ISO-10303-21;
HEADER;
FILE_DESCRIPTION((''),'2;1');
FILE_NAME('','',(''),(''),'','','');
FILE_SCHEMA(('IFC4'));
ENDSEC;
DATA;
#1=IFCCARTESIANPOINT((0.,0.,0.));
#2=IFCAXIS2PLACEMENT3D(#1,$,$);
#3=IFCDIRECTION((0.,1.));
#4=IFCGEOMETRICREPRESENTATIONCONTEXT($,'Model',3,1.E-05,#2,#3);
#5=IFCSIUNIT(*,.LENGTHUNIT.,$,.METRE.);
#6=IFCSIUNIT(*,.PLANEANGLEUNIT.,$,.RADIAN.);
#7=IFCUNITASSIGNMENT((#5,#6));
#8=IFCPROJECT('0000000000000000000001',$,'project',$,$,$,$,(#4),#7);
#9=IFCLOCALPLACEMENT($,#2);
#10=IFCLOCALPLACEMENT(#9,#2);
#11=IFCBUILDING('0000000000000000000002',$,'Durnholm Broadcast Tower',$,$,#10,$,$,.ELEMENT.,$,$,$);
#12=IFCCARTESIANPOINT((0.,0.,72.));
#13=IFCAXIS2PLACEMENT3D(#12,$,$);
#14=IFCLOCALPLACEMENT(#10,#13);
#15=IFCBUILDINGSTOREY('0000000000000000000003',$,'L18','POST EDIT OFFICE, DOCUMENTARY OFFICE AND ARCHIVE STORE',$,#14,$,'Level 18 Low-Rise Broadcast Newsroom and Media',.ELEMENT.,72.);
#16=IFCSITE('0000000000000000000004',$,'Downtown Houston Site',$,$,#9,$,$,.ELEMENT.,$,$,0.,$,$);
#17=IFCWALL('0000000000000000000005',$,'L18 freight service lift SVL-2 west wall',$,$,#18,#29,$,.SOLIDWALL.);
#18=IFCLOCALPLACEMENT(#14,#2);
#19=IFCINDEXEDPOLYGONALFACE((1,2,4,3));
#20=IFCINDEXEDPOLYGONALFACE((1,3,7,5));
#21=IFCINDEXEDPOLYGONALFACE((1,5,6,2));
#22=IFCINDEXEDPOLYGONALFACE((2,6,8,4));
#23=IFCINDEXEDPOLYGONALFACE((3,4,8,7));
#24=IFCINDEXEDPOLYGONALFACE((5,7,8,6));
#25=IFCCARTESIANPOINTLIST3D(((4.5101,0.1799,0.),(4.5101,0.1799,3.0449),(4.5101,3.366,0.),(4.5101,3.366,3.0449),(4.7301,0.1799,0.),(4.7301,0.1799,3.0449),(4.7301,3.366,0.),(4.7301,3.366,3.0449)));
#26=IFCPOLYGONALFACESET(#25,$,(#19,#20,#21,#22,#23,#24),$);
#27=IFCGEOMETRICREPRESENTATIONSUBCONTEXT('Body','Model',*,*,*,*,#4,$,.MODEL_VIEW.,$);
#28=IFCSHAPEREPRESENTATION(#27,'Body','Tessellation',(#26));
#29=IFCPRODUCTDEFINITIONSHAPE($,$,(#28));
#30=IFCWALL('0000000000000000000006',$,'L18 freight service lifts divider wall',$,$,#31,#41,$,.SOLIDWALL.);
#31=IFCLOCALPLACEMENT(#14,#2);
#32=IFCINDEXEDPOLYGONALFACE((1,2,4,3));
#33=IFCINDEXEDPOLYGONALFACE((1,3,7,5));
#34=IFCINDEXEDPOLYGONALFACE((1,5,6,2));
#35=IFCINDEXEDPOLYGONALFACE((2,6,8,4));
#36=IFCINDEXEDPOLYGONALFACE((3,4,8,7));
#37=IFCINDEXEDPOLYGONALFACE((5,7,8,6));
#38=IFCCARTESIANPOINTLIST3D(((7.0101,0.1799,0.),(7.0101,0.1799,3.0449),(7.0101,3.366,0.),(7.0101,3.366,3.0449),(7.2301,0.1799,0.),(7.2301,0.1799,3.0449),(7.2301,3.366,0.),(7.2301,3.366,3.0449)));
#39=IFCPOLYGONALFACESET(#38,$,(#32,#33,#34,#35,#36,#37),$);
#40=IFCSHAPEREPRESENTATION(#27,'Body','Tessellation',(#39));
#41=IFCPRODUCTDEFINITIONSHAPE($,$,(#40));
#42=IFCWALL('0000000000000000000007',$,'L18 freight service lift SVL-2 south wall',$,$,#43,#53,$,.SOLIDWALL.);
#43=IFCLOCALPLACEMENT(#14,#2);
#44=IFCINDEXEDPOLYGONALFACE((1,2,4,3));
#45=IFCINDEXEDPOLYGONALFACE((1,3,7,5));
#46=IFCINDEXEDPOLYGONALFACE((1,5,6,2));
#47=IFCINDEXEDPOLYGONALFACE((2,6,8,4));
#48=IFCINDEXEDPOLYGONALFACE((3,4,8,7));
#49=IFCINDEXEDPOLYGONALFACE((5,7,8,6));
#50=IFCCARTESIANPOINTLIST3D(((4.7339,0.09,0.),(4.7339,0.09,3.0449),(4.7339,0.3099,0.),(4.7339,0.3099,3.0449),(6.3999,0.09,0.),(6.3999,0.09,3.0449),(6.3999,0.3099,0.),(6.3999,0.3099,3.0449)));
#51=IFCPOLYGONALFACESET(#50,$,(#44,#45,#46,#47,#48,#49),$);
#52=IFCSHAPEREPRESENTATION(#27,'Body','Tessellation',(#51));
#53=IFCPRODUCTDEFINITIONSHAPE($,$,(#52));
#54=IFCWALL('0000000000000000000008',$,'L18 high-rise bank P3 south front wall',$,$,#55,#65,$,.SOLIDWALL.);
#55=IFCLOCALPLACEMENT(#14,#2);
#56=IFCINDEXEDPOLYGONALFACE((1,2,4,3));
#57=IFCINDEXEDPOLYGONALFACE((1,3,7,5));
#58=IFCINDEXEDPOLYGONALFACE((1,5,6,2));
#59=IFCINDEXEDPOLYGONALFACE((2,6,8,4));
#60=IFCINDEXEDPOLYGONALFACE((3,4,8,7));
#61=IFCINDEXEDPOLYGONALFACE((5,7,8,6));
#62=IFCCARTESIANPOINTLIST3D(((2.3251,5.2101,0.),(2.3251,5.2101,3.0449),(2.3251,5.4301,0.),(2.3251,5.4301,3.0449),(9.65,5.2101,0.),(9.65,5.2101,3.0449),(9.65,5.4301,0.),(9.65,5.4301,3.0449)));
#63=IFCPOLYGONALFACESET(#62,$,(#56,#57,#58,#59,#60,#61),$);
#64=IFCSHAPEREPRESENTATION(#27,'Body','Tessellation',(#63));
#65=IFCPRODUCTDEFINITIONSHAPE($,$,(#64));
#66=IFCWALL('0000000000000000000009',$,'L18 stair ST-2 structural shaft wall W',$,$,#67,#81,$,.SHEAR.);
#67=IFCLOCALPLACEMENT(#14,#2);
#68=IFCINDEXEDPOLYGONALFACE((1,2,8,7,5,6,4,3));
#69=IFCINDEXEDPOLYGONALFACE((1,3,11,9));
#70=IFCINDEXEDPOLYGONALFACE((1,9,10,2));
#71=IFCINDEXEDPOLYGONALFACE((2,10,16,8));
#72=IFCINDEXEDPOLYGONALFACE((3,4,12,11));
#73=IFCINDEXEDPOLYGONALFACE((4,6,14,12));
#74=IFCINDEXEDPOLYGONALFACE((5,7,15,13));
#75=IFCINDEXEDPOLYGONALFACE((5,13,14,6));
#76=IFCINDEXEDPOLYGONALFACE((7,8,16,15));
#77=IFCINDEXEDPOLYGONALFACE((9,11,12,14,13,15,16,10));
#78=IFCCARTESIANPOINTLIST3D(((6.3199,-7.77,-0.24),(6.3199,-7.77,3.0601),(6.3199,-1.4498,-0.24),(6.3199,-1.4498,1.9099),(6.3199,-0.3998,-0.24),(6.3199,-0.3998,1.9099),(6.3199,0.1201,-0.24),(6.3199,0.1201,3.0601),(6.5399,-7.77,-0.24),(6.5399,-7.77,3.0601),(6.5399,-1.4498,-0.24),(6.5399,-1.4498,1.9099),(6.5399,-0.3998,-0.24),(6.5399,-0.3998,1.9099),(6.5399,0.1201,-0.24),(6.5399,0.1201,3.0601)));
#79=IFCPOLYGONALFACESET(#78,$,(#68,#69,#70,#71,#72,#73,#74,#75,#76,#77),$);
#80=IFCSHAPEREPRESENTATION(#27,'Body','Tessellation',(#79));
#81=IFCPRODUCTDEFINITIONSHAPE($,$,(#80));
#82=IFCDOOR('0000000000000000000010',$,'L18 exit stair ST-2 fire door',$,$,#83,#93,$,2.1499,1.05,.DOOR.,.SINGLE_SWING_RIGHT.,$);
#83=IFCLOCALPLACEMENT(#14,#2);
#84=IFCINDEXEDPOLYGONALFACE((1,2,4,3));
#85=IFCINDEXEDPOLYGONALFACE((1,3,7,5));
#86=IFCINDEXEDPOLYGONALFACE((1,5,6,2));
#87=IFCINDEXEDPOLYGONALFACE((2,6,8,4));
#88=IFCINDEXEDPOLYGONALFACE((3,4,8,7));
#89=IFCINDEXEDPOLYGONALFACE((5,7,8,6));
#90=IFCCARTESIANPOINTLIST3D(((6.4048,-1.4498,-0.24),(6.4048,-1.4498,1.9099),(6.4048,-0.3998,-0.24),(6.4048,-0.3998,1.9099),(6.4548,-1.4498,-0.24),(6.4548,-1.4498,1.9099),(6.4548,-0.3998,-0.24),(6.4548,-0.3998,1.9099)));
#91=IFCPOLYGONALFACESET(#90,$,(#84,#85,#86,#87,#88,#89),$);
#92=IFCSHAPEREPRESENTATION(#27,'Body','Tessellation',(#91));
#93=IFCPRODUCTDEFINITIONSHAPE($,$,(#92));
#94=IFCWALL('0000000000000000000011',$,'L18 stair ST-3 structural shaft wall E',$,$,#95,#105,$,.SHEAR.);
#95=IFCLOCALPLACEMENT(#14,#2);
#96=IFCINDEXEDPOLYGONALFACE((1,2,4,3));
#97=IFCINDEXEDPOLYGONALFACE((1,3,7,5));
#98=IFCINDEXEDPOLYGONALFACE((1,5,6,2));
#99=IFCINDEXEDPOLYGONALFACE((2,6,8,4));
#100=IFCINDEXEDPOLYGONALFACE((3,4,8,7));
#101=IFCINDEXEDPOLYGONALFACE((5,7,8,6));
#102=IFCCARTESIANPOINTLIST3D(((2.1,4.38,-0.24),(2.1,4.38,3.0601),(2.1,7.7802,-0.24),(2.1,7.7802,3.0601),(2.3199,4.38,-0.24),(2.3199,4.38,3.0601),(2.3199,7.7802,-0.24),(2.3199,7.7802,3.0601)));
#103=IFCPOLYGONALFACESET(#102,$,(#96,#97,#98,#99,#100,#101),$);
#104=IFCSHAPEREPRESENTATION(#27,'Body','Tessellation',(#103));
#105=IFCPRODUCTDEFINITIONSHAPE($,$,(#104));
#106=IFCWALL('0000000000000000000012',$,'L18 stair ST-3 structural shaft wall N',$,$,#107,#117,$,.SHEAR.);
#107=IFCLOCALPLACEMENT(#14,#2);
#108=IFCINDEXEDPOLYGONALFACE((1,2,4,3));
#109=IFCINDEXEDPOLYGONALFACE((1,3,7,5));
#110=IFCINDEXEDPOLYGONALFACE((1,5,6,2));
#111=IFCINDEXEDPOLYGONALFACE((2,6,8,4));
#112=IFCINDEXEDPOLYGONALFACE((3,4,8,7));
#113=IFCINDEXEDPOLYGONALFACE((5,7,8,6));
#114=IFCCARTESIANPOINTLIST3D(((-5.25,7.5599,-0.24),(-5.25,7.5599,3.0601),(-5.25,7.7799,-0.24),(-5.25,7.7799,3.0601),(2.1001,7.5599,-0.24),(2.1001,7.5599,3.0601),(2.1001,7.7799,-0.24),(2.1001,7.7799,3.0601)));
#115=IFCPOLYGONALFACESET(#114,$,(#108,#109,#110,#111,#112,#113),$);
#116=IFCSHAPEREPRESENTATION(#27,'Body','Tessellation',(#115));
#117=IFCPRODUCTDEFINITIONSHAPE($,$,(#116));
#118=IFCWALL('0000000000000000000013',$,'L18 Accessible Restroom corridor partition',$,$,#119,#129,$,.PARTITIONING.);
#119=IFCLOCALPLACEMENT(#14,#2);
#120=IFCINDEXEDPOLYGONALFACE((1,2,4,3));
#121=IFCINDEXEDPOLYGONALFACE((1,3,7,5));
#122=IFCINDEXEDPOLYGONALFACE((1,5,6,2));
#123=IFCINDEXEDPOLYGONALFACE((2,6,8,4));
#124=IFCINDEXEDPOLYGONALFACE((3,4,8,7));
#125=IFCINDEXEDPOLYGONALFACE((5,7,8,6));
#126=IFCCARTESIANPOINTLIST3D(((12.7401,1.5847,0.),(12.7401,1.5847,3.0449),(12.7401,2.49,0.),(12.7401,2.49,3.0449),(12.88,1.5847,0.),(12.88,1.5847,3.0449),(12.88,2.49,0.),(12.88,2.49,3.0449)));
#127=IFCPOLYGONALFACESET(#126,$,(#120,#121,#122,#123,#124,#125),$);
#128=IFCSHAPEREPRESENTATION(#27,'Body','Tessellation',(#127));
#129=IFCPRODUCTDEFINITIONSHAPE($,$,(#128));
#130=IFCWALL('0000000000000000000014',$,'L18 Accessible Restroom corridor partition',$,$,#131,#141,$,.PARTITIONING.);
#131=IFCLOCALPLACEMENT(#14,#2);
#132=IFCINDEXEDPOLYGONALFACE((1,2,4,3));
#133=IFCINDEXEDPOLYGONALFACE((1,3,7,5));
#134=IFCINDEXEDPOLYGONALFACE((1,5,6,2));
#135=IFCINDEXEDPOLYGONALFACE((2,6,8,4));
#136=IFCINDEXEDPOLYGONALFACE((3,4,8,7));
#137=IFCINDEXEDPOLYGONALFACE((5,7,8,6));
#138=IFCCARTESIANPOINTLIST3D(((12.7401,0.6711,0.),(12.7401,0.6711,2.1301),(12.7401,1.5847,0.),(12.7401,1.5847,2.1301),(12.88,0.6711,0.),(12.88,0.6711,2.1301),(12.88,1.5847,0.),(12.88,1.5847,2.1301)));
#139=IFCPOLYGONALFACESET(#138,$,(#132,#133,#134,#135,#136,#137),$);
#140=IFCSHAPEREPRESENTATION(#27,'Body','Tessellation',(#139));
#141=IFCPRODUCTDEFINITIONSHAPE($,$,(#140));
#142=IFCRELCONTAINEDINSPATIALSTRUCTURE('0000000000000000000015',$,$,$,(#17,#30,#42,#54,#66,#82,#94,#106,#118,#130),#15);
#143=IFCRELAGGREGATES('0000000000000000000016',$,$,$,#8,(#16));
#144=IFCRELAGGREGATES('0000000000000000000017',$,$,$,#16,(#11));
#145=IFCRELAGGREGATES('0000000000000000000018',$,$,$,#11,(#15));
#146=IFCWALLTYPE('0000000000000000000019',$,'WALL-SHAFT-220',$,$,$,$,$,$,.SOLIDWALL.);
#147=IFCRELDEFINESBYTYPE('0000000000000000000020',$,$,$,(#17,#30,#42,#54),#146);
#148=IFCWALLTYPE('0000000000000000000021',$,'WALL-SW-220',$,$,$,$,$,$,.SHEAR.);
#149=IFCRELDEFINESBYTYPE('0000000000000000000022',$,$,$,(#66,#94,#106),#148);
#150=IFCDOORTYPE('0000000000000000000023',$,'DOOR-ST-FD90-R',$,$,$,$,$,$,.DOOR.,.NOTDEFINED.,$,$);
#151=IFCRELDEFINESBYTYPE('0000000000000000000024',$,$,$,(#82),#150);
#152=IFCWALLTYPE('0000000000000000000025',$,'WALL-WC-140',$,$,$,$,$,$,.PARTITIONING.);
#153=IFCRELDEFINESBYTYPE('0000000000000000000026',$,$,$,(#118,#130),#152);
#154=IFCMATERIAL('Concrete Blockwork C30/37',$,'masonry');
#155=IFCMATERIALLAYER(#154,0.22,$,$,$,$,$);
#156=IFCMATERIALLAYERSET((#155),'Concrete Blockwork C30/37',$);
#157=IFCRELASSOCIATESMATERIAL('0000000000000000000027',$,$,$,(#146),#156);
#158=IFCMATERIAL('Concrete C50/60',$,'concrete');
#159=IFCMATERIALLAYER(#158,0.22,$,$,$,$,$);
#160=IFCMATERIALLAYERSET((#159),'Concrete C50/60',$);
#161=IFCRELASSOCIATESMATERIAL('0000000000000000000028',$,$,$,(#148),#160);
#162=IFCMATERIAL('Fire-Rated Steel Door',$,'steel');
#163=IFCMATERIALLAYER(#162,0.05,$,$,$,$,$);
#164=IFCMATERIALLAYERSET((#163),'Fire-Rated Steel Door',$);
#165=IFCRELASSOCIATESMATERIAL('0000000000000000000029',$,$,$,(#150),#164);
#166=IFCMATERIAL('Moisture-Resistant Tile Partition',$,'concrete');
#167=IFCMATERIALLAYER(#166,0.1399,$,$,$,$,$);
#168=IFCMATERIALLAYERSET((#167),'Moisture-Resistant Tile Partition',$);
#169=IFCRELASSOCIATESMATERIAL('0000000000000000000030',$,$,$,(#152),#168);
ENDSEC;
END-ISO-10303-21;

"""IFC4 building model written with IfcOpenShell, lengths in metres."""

from ifc_helpers import new_model, si_unit, direction, frame, frame_2d, origin, place, context, subcontext, project, spatial, rectangle, extrude, source, transform, mapped, material, layer, layer_set, type_object, type_shapes, element, fill, save


model = new_model("IFC4")

# Units and contexts
model_context = context("Model", 3, precision=1e-05, world=origin(), true_north=direction((0.0, 1.0)))
body_context = subcontext(model_context, "Body", "Model", "MODEL_VIEW")
ifc_project = project(units=[si_unit("LENGTHUNIT", "METRE"), si_unit("PLANEANGLEUNIT", "RADIAN")], contexts=[model_context])

# Site, building, storey
site_placement = place(None, origin())
site = spatial("IfcSite", under=ifc_project, at=site_placement, Name="Downtown Houston Site", CompositionType="ELEMENT", RefElevation=0.0)
building_placement = place(site_placement, origin())
building = spatial("IfcBuilding", under=site, at=building_placement, Name="Durnholm Broadcast Tower", CompositionType="ELEMENT")
storey_placement = place(building_placement, frame((0.0, 0.0, 72.0)))
storey = spatial("IfcBuildingStorey", under=building, at=storey_placement, Name="L18", Description="POST EDIT OFFICE, DOCUMENTARY OFFICE AND ARCHIVE STORE", LongName="Level 18 Low-Rise Broadcast Newsroom and Media", CompositionType="ELEMENT", Elevation=72.0)

# Shared definitions
ifc_material_1 = material(Name="Concrete Blockwork C30/37", Category="masonry")
ifc_layer_1 = layer(ifc_material_1, 0.22)
ifc_layer_set_1 = layer_set([ifc_layer_1], Name="Concrete Blockwork C30/37")
wall_type_1 = type_object("IfcWallType", Name="WALL-SHAFT-220", PredefinedType="SOLIDWALL", material=ifc_layer_set_1)

# Walls
for number, where, z_axis, x_axis, name in (
    (1, (4.6201, 0.1799, 0.0), (0.0, 0.0, 1.0), (0.0, 1.0, 0.0), "L18 freight service lift SVL-2 west wall"),
    (2, (7.1201, 0.1799, 0.0), (0.0, 0.0, 1.0), (0.0, 1.0, 0.0), "L18 freight service lifts divider wall"),
):
    element("IfcWall", number, at=place(storey_placement, frame(where, z_axis=z_axis, x_axis=x_axis)), inside=storey, type_object=wall_type_1, Name=name, PredefinedType="SOLIDWALL", context=body_context, shape_type="SweptSolid", body=[
        extrude(rectangle(XDim=3.186, YDim=0.22, at=frame_2d((1.593, 0.0))), origin(), (0.0, 0.0, 1.0), 3.0449),
    ])
wall_1_placement = place(storey_placement, frame((4.7339, 0.2, 0.0), z_axis=(0.0, 0.0, 1.0), x_axis=(1.0, 0.0, 0.0)))
element("IfcWall", 3, at=wall_1_placement, inside=storey, type_object=wall_type_1, Name="L18 freight service lift SVL-2 south wall", PredefinedType="SOLIDWALL", context=body_context, shape_type="SweptSolid", body=[
    extrude(rectangle(XDim=1.666, YDim=0.22, at=frame_2d((0.833, 0.0))), origin(), (0.0, 0.0, 1.0), 3.0449),
])
wall_2_placement = place(storey_placement, frame((2.325, 5.3201, 0.0), z_axis=(0.0, 0.0, 1.0), x_axis=(1.0, 0.0, 0.0)))
element("IfcWall", 4, at=wall_2_placement, inside=storey, type_object=wall_type_1, Name="L18 high-rise bank P3 south front wall", PredefinedType="SOLIDWALL", context=body_context, shape_type="SweptSolid", body=[
    extrude(rectangle(XDim=7.325, YDim=0.22, at=frame_2d((3.6626, 0.0))), origin(), (0.0, 0.0, 1.0), 3.0449),
])

# Wall, opening, door
ifc_material_2 = material(Name="Concrete C50/60", Category="concrete")
ifc_layer_2 = layer(ifc_material_2, 0.22)
ifc_layer_set_2 = layer_set([ifc_layer_2], Name="Concrete C50/60")
wall_type_2 = type_object("IfcWallType", Name="WALL-SW-220", PredefinedType="SHEAR", material=ifc_layer_set_2)
wall_3_placement = place(storey_placement, frame((6.4299, 0.1201, -0.24), z_axis=(0.0, 0.0, 1.0), x_axis=(0.0, -1.0, 0.0)))
wall_3 = element("IfcWall", 5, at=wall_3_placement, inside=storey, type_object=wall_type_2, Name="L18 stair ST-2 structural shaft wall W", PredefinedType="SHEAR", context=body_context, shape_type="SweptSolid", body=[
    extrude(rectangle(XDim=7.8901, YDim=0.22, at=frame_2d((3.9451, 0.0))), origin(), (0.0, 0.0, 1.0), 3.3),
])
opening_1_placement = place(wall_3_placement, frame((0.52, 0.0, 0.0)))
opening_1 = element("IfcOpeningElement", 6, at=opening_1_placement, cuts=wall_3, PredefinedType="OPENING", context=body_context, shape_type="SweptSolid", body=[
    extrude(rectangle(XDim=1.05, YDim=2.1499, at=frame_2d((0.5249, 1.075))), frame((0.0, 0.1201, 0.0), z_axis=(0.0, -1.0, 0.0), x_axis=(1.0, 0.0, 0.0)), (0.0, 0.0, 1.0), 0.24),
])
ifc_material_3 = material(Name="Fire-Rated Steel Door", Category="steel")
ifc_layer_3 = layer(ifc_material_3, 0.05)
ifc_layer_set_3 = layer_set([ifc_layer_3], Name="Fire-Rated Steel Door")
door_type_1 = type_object("IfcDoorType", Name="DOOR-ST-FD90-R", OperationType="NOTDEFINED", PredefinedType="DOOR", material=ifc_layer_set_3)
shared_shape_1 = source(origin(), body_context, "Body", "SweptSolid", [
    extrude(rectangle(XDim=1.05, YDim=2.1499, at=frame_2d((0.5249, 1.075))), frame((0.0, 0.0249, 0.0), z_axis=(0.0, -1.0, 0.0), x_axis=(1.0, 0.0, 0.0)), (0.0, 0.0, 1.0), 0.05),
])
type_shapes(door_type_1, [shared_shape_1])
door_1_placement = place(opening_1_placement, origin())
door_1 = element("IfcDoor", 7, at=door_1_placement, inside=storey, type_object=door_type_1, Name="L18 exit stair ST-2 fire door", OperationType="SINGLE_SWING_RIGHT", OverallHeight=2.1499, OverallWidth=1.05, PredefinedType="DOOR", context=body_context, shape_type="MappedRepresentation", body=[
    mapped(shared_shape_1, transform((0.0, 0.0, 0.0), x_axis=(1.0, 0.0, 0.0), y_axis=(0.0, 1.0, 0.0), z_axis=(0.0, 0.0, 1.0), scale=1.0)),
])
fill(opening_1, door_1)

# Walls
wall_4_placement = place(storey_placement, frame((2.21, 4.3799, -0.24), z_axis=(0.0, 0.0, 1.0), x_axis=(0.0, 1.0, 0.0)))
element("IfcWall", 8, at=wall_4_placement, inside=storey, type_object=wall_type_2, Name="L18 stair ST-3 structural shaft wall E", PredefinedType="SHEAR", context=body_context, shape_type="SweptSolid", body=[
    extrude(rectangle(XDim=3.4001, YDim=0.22, at=frame_2d((1.7002, 0.0))), origin(), (0.0, 0.0, 1.0), 3.3),
])
wall_5_placement = place(storey_placement, frame((2.1001, 7.6699, -0.24), z_axis=(0.0, 0.0, 1.0), x_axis=(-1.0, 0.0, 0.0)))
element("IfcWall", 9, at=wall_5_placement, inside=storey, type_object=wall_type_2, Name="L18 stair ST-3 structural shaft wall N", PredefinedType="SHEAR", context=body_context, shape_type="SweptSolid", body=[
    extrude(rectangle(XDim=7.3501, YDim=0.22, at=frame_2d((3.675, 0.0))), origin(), (0.0, 0.0, 1.0), 3.3),
])
ifc_material_4 = material(Name="Moisture-Resistant Tile Partition", Category="concrete")
ifc_layer_4 = layer(ifc_material_4, 0.1399)
ifc_layer_set_4 = layer_set([ifc_layer_4], Name="Moisture-Resistant Tile Partition")
wall_type_3 = type_object("IfcWallType", Name="WALL-WC-140", PredefinedType="PARTITIONING", material=ifc_layer_set_4)
wall_6_placement = place(storey_placement, frame((12.8101, 1.5847, 0.0), z_axis=(0.0, 0.0, 1.0), x_axis=(0.0, 1.0, 0.0)))
element("IfcWall", 10, at=wall_6_placement, inside=storey, type_object=wall_type_3, Name="L18 Accessible Restroom corridor partition", PredefinedType="PARTITIONING", context=body_context, shape_type="SweptSolid", body=[
    extrude(rectangle(XDim=0.9053, YDim=0.1399, at=frame_2d((0.4526, 0.0))), origin(), (0.0, 0.0, 1.0), 3.0449),
])
wall_7_placement = place(storey_placement, frame((12.8101, 0.6711, 0.0), z_axis=(0.0, 0.0, 1.0), x_axis=(0.0, 1.0, 0.0)))
element("IfcWall", 11, at=wall_7_placement, inside=storey, type_object=wall_type_3, Name="L18 Accessible Restroom corridor partition", PredefinedType="PARTITIONING", context=body_context, shape_type="SweptSolid", body=[
    extrude(rectangle(XDim=0.9136, YDim=0.1399, at=frame_2d((0.4568, 0.0))), origin(), (0.0, 0.0, 1.0), 2.1301),
])

save(model, "model.ifc")
